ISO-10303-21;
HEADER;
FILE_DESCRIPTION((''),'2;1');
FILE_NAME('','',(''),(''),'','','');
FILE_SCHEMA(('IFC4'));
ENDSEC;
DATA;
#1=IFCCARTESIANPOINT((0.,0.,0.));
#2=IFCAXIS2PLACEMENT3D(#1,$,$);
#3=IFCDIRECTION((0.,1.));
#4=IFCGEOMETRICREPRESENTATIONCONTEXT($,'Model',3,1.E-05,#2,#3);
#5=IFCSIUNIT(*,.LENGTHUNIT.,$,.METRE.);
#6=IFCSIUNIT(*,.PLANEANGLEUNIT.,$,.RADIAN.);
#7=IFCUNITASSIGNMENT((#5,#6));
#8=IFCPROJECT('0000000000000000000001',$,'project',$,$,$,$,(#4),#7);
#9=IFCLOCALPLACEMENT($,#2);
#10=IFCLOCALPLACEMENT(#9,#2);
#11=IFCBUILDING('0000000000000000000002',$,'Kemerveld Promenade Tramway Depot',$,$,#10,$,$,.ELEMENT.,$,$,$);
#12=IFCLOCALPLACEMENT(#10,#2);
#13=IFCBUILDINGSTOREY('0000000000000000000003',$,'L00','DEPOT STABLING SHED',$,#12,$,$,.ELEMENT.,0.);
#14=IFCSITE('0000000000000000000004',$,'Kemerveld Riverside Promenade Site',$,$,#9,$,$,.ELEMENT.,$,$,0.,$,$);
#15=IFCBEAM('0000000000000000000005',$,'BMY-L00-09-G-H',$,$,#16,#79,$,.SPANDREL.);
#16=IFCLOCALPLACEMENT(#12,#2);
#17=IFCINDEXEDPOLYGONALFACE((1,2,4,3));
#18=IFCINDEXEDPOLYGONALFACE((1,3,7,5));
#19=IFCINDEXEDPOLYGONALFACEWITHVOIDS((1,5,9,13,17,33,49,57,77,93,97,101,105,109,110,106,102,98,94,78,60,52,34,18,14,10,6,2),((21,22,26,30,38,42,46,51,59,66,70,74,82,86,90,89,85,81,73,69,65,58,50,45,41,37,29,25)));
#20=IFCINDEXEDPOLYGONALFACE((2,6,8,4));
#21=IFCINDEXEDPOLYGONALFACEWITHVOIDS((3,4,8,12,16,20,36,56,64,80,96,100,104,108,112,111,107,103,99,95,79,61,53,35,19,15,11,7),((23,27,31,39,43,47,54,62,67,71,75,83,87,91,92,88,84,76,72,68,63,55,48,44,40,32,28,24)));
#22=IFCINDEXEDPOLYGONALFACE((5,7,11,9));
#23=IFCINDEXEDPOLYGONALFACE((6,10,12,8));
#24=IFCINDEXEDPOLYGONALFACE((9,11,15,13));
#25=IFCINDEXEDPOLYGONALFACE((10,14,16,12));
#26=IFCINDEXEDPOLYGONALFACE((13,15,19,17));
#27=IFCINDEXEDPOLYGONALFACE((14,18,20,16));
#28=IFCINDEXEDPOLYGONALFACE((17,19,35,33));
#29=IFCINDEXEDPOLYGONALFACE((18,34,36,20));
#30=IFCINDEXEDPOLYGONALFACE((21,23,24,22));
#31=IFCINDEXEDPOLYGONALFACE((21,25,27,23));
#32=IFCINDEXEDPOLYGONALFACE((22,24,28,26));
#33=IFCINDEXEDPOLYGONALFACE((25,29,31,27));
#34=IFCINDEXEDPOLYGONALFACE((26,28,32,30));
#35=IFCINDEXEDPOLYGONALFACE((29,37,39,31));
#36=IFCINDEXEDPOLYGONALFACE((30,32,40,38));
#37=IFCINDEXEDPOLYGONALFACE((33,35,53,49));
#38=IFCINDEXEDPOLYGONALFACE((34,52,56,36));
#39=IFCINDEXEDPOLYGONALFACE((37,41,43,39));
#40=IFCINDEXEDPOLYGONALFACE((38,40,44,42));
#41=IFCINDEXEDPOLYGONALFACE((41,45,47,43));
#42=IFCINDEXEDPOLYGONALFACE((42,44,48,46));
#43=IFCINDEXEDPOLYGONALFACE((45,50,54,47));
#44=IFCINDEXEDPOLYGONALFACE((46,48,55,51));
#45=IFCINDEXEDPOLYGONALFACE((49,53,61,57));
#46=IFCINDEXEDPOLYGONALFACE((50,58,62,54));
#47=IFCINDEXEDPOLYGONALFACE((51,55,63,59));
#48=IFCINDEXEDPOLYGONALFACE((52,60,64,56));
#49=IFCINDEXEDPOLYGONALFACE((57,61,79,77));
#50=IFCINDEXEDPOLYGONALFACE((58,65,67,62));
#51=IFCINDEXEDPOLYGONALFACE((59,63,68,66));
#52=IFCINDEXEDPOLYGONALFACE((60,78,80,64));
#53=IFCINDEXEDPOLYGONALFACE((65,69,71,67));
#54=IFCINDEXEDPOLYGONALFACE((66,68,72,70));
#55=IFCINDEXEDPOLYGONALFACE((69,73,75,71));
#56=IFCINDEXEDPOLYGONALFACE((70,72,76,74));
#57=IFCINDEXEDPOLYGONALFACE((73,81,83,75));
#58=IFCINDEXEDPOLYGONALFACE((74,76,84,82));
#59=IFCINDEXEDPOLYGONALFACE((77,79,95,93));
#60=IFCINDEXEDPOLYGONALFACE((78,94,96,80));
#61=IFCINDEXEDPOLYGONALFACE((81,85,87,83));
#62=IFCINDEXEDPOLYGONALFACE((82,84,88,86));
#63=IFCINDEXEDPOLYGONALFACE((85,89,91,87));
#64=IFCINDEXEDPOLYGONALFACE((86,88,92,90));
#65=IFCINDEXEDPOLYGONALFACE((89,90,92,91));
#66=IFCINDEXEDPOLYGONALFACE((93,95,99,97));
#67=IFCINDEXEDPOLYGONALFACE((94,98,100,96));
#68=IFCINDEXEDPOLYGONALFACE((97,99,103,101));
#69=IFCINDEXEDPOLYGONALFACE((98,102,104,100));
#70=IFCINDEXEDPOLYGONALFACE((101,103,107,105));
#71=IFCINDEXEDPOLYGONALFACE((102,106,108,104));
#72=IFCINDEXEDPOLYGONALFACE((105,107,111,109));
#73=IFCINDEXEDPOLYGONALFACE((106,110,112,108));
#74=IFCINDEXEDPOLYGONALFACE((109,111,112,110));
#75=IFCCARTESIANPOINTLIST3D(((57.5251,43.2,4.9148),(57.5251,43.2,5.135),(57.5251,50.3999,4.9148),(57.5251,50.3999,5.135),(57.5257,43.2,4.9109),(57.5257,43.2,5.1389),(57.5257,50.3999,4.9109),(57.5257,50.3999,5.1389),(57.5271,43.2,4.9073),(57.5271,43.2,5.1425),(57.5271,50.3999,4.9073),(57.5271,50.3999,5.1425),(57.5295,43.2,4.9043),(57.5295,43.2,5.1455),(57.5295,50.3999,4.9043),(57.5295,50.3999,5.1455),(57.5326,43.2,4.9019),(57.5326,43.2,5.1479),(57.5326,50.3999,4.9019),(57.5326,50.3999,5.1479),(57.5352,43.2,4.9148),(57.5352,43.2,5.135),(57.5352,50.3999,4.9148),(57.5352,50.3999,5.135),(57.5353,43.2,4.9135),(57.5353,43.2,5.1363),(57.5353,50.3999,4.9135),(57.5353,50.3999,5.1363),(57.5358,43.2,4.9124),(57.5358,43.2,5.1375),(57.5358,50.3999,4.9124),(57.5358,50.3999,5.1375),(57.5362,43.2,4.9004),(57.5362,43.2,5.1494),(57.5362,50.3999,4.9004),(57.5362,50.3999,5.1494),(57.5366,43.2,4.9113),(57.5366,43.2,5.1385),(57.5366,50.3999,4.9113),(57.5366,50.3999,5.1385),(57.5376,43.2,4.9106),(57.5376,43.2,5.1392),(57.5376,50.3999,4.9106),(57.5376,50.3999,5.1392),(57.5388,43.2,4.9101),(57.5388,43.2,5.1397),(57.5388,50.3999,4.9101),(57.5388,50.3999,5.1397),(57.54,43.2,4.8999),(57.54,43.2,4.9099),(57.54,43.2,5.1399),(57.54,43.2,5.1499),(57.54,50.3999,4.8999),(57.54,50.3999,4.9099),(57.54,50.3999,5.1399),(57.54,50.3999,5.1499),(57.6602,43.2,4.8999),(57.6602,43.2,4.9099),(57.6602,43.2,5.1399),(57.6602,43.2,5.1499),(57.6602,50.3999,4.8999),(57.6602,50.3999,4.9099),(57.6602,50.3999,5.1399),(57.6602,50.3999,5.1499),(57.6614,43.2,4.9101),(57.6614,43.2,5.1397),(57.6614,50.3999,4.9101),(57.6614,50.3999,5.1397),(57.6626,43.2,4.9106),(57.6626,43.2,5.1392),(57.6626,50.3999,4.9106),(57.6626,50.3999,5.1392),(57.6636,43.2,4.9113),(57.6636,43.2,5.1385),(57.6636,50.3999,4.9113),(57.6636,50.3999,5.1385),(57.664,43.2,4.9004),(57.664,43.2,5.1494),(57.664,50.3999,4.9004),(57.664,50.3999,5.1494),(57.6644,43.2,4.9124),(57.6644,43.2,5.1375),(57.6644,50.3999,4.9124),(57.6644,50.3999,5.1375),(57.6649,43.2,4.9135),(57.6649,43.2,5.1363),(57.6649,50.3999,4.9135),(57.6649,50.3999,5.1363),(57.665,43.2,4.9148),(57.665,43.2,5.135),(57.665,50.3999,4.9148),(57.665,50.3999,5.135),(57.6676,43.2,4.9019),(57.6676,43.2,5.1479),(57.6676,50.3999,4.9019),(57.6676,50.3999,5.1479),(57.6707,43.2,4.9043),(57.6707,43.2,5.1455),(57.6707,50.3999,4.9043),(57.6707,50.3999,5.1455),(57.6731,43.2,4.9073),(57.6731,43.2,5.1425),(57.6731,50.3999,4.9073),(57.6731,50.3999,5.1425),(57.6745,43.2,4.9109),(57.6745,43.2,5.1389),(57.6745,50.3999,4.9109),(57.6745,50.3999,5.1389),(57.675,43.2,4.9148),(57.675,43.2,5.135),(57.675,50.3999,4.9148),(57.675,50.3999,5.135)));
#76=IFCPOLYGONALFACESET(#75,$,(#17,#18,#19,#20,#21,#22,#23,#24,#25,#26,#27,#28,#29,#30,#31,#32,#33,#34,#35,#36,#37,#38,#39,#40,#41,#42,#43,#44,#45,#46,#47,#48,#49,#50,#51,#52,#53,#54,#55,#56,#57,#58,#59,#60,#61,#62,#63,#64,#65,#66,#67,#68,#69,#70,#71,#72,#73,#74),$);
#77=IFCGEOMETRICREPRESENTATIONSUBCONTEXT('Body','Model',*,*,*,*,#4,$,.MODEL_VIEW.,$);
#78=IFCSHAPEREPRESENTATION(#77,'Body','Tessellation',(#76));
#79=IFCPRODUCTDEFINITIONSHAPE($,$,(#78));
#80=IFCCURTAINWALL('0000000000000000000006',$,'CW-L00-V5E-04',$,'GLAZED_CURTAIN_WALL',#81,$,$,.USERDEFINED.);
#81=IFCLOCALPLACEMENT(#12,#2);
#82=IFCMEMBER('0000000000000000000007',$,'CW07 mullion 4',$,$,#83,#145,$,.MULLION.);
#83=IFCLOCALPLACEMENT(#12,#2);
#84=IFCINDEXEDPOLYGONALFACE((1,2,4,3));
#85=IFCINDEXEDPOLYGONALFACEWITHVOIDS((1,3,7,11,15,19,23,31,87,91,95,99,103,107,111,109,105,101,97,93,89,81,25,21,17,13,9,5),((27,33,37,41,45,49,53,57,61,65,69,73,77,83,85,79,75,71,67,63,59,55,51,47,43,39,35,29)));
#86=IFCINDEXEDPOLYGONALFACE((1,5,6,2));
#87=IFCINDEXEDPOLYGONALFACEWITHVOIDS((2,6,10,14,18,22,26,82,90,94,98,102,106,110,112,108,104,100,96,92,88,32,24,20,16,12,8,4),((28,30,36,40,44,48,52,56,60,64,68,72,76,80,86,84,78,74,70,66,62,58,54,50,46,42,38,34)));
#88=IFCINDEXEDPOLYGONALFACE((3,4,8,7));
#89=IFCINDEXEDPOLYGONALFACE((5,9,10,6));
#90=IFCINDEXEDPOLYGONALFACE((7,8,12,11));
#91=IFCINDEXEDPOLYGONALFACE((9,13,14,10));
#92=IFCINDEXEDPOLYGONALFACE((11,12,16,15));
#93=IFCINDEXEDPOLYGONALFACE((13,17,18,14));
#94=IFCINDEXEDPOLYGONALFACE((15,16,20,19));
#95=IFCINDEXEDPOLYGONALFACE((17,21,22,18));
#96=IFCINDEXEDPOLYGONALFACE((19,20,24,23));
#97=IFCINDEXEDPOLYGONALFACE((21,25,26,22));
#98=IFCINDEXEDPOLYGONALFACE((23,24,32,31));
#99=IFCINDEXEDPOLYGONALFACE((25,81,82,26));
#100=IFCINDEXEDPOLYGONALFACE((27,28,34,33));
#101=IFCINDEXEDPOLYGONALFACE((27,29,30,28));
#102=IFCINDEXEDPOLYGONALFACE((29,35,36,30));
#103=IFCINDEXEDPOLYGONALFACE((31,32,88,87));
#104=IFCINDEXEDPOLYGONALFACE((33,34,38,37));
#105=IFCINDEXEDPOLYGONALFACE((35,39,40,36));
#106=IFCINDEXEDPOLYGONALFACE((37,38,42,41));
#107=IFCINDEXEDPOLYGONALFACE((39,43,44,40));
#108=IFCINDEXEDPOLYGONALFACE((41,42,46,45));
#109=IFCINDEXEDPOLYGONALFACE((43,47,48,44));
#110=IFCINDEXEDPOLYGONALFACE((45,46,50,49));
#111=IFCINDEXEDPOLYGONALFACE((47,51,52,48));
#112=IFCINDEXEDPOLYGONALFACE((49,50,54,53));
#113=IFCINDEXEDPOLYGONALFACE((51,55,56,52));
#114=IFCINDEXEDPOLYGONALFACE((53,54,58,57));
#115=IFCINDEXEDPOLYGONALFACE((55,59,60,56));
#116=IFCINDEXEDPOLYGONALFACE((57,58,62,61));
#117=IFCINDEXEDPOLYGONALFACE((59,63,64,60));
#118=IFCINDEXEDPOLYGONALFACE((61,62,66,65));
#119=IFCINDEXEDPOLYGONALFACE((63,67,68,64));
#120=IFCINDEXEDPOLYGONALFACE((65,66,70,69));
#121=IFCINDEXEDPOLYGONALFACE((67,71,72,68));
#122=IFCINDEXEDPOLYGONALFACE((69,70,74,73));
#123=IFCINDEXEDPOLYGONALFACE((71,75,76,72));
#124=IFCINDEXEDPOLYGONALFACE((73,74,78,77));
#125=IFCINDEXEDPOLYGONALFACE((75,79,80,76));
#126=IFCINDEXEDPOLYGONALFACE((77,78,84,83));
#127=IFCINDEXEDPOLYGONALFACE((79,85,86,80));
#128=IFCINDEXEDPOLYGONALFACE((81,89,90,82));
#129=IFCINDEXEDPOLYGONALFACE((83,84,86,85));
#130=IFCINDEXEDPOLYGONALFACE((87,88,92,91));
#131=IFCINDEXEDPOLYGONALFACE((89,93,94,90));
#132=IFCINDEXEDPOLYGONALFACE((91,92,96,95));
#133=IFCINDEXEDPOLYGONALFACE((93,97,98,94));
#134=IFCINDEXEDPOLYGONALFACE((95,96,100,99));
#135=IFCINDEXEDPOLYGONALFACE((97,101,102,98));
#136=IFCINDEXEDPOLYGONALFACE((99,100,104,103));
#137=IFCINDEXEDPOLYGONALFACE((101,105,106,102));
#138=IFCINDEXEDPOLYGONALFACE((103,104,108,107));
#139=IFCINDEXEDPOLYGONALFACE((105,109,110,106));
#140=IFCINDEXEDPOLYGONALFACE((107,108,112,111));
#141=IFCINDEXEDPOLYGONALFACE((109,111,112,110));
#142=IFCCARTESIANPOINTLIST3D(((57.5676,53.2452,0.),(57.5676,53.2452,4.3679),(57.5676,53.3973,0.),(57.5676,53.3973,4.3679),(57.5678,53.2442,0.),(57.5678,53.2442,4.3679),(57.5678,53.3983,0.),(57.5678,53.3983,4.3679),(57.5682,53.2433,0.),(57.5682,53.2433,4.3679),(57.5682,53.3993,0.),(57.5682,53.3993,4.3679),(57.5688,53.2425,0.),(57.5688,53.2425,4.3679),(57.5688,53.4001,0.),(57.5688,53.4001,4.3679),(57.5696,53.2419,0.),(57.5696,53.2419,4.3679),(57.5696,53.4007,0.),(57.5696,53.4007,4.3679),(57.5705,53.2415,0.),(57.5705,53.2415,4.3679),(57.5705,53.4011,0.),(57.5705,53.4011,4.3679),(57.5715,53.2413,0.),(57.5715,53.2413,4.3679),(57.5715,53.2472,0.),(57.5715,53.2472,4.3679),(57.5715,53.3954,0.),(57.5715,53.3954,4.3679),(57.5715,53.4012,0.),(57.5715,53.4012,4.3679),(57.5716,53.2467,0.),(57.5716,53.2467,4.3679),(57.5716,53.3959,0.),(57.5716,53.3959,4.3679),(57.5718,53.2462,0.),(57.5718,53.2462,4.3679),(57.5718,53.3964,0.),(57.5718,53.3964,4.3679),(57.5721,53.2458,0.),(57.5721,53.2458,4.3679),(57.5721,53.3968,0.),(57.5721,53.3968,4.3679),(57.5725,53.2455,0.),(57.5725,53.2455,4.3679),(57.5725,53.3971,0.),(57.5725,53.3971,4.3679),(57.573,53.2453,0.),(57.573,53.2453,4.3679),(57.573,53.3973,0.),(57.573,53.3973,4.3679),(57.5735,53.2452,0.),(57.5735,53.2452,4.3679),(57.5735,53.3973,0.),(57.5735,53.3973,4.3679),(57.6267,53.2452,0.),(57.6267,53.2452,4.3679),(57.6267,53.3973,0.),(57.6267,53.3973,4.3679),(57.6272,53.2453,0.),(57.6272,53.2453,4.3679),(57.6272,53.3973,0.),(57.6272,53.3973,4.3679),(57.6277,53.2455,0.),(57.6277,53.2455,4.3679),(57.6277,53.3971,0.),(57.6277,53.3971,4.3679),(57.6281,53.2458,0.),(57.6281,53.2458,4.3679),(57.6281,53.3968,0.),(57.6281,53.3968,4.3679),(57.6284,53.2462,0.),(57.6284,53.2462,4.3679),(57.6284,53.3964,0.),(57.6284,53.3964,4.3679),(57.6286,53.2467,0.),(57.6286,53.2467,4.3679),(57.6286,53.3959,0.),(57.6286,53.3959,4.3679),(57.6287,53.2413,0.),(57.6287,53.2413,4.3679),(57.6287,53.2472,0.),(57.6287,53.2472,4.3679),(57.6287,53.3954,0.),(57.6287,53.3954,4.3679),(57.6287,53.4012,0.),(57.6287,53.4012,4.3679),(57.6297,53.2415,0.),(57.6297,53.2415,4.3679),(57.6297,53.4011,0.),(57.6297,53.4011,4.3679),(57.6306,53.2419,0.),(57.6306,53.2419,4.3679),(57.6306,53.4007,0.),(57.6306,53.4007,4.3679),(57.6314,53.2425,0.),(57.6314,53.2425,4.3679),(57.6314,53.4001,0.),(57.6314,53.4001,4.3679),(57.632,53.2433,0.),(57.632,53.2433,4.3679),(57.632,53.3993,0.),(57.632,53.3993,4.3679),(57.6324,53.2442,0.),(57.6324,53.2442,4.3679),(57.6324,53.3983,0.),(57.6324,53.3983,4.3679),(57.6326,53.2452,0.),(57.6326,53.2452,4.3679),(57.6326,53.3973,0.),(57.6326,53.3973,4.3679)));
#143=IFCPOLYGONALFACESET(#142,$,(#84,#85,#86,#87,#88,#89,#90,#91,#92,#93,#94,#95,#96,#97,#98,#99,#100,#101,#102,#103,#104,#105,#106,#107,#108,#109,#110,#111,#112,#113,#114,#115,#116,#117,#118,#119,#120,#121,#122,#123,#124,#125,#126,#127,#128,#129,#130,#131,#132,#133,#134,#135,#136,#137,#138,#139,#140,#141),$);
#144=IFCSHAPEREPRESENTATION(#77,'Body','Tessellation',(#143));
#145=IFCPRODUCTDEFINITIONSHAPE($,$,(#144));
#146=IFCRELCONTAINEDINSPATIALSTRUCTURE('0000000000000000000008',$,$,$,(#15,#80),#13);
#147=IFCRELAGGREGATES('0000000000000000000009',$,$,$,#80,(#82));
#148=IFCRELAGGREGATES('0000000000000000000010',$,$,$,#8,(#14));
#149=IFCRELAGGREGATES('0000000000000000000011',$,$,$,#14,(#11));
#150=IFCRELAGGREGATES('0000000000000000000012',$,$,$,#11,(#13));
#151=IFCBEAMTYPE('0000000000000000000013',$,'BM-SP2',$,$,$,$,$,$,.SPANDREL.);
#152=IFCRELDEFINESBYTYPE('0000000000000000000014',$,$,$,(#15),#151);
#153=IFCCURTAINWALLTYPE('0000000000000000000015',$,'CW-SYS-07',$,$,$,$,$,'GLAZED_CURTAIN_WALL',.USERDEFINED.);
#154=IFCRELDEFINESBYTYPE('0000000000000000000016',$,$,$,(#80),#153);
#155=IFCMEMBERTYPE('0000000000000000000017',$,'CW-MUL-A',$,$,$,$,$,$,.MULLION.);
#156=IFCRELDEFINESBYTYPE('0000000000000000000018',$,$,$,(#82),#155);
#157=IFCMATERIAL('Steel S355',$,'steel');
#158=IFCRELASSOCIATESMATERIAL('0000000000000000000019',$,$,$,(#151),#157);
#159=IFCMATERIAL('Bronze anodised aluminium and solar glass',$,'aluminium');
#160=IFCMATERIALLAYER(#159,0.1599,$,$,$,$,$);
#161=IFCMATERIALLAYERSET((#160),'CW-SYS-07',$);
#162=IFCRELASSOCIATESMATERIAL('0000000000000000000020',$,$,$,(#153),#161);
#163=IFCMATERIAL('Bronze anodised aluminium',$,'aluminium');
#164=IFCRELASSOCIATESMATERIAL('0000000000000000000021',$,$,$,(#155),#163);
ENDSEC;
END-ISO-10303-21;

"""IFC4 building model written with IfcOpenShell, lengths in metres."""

from ifc_helpers import new_model, si_unit, direction, frame, origin, origin_2d, place, context, subcontext, project, spatial, hollow_rectangle, extrude, material, layer, layer_set, material_profile, profile_set, type_object, element, aggregate, save


model = new_model("IFC4")

# Units and contexts
model_context = context("Model", 3, precision=1e-05, world=origin(), true_north=direction((0.0, 1.0)))
body_context = subcontext(model_context, "Body", "Model", "MODEL_VIEW")
ifc_project = project(units=[si_unit("LENGTHUNIT", "METRE"), si_unit("PLANEANGLEUNIT", "RADIAN")], contexts=[model_context])

# Site, building, storey
site_placement = place(None, origin())
site = spatial("IfcSite", under=ifc_project, at=site_placement, Name="Kemerveld Riverside Promenade Site", CompositionType="ELEMENT", RefElevation=0.0)
building_placement = place(site_placement, origin())
building = spatial("IfcBuilding", under=site, at=building_placement, Name="Kemerveld Promenade Tramway Depot", CompositionType="ELEMENT")
storey_placement = place(building_placement, origin())
storey = spatial("IfcBuildingStorey", under=building, at=storey_placement, Name="L00", Description="DEPOT STABLING SHED", CompositionType="ELEMENT", Elevation=0.0)

# Shared definitions
ifc_material_1 = material(Name="Steel S355", Category="steel")

# Beam
ifc_material_profile_1 = material_profile(ifc_material_1, hollow_rectangle(XDim=0.1499, YDim=0.25, WallThickness=0.01, InnerFilletRadius=0.0049, OuterFilletRadius=0.0149, at=origin_2d()), Name="250x150x10.0 RHS")
ifc_profile_set_1 = profile_set([ifc_material_profile_1], Name="Steel S355")
beam_type_1 = type_object("IfcBeamType", Name="BM-SP2", PredefinedType="SPANDREL", material=ifc_profile_set_1)
beam_1_placement = place(storey_placement, frame((57.6001, 43.2, 5.0249), z_axis=(0.0, 1.0, 0.0), x_axis=(-1.0, 0.0, 0.0)))
element("IfcBeam", 1, at=beam_1_placement, inside=storey, type_object=beam_type_1, Name="BMY-L00-09-G-H", PredefinedType="SPANDREL", context=body_context, shape_type="SweptSolid", body=[
    extrude(hollow_rectangle(XDim=0.1499, YDim=0.25, WallThickness=0.01, InnerFilletRadius=0.0049, OuterFilletRadius=0.0149, at=origin_2d()), origin(), (0.0, 0.0, 1.0), 7.2),
])

# Curtain wall, member
ifc_material_2 = material(Name="Bronze anodised aluminium and solar glass", Category="aluminium")
ifc_layer_1 = layer(ifc_material_2, 0.1599)
ifc_layer_set_1 = layer_set([ifc_layer_1], Name="CW-SYS-07")
curtain_wall_type_1 = type_object("IfcCurtainWallType", Name="CW-SYS-07", ElementType="GLAZED_CURTAIN_WALL", PredefinedType="USERDEFINED", material=ifc_layer_set_1)
curtain_wall_1_placement = place(storey_placement, origin())
curtain_wall_1 = element("IfcCurtainWall", 2, at=curtain_wall_1_placement, inside=storey, type_object=curtain_wall_type_1, Name="CW-L00-V5E-04", ObjectType="GLAZED_CURTAIN_WALL", PredefinedType="USERDEFINED")
ifc_material_3 = material(Name="Bronze anodised aluminium", Category="aluminium")
ifc_material_profile_2 = material_profile(ifc_material_3, hollow_rectangle(XDim=0.0649, YDim=0.1599, WallThickness=0.0039, InnerFilletRadius=0.002, OuterFilletRadius=0.0039, at=origin_2d()), Name="CW-MUL-160x65")
ifc_profile_set_2 = profile_set([ifc_material_profile_2], Name="Bronze anodised aluminium")
member_type_1 = type_object("IfcMemberType", Name="CW-MUL-A", PredefinedType="MULLION", material=ifc_profile_set_2)
member_1_placement = place(storey_placement, frame((57.6001, 53.3213, 0.0), z_axis=(0.0, 0.0, 1.0), x_axis=(1.0, 0.0, 0.0)))
member_1 = element("IfcMember", 3, at=member_1_placement, type_object=member_type_1, Name="CW07 mullion 4", PredefinedType="MULLION", context=body_context, shape_type="SweptSolid", body=[
    extrude(hollow_rectangle(XDim=0.0649, YDim=0.1599, WallThickness=0.0039, InnerFilletRadius=0.002, OuterFilletRadius=0.0039, at=origin_2d()), origin(), (0.0, 0.0, 1.0), 4.3679),
])

aggregate(curtain_wall_1, [member_1])

save(model, "model.ifc")
